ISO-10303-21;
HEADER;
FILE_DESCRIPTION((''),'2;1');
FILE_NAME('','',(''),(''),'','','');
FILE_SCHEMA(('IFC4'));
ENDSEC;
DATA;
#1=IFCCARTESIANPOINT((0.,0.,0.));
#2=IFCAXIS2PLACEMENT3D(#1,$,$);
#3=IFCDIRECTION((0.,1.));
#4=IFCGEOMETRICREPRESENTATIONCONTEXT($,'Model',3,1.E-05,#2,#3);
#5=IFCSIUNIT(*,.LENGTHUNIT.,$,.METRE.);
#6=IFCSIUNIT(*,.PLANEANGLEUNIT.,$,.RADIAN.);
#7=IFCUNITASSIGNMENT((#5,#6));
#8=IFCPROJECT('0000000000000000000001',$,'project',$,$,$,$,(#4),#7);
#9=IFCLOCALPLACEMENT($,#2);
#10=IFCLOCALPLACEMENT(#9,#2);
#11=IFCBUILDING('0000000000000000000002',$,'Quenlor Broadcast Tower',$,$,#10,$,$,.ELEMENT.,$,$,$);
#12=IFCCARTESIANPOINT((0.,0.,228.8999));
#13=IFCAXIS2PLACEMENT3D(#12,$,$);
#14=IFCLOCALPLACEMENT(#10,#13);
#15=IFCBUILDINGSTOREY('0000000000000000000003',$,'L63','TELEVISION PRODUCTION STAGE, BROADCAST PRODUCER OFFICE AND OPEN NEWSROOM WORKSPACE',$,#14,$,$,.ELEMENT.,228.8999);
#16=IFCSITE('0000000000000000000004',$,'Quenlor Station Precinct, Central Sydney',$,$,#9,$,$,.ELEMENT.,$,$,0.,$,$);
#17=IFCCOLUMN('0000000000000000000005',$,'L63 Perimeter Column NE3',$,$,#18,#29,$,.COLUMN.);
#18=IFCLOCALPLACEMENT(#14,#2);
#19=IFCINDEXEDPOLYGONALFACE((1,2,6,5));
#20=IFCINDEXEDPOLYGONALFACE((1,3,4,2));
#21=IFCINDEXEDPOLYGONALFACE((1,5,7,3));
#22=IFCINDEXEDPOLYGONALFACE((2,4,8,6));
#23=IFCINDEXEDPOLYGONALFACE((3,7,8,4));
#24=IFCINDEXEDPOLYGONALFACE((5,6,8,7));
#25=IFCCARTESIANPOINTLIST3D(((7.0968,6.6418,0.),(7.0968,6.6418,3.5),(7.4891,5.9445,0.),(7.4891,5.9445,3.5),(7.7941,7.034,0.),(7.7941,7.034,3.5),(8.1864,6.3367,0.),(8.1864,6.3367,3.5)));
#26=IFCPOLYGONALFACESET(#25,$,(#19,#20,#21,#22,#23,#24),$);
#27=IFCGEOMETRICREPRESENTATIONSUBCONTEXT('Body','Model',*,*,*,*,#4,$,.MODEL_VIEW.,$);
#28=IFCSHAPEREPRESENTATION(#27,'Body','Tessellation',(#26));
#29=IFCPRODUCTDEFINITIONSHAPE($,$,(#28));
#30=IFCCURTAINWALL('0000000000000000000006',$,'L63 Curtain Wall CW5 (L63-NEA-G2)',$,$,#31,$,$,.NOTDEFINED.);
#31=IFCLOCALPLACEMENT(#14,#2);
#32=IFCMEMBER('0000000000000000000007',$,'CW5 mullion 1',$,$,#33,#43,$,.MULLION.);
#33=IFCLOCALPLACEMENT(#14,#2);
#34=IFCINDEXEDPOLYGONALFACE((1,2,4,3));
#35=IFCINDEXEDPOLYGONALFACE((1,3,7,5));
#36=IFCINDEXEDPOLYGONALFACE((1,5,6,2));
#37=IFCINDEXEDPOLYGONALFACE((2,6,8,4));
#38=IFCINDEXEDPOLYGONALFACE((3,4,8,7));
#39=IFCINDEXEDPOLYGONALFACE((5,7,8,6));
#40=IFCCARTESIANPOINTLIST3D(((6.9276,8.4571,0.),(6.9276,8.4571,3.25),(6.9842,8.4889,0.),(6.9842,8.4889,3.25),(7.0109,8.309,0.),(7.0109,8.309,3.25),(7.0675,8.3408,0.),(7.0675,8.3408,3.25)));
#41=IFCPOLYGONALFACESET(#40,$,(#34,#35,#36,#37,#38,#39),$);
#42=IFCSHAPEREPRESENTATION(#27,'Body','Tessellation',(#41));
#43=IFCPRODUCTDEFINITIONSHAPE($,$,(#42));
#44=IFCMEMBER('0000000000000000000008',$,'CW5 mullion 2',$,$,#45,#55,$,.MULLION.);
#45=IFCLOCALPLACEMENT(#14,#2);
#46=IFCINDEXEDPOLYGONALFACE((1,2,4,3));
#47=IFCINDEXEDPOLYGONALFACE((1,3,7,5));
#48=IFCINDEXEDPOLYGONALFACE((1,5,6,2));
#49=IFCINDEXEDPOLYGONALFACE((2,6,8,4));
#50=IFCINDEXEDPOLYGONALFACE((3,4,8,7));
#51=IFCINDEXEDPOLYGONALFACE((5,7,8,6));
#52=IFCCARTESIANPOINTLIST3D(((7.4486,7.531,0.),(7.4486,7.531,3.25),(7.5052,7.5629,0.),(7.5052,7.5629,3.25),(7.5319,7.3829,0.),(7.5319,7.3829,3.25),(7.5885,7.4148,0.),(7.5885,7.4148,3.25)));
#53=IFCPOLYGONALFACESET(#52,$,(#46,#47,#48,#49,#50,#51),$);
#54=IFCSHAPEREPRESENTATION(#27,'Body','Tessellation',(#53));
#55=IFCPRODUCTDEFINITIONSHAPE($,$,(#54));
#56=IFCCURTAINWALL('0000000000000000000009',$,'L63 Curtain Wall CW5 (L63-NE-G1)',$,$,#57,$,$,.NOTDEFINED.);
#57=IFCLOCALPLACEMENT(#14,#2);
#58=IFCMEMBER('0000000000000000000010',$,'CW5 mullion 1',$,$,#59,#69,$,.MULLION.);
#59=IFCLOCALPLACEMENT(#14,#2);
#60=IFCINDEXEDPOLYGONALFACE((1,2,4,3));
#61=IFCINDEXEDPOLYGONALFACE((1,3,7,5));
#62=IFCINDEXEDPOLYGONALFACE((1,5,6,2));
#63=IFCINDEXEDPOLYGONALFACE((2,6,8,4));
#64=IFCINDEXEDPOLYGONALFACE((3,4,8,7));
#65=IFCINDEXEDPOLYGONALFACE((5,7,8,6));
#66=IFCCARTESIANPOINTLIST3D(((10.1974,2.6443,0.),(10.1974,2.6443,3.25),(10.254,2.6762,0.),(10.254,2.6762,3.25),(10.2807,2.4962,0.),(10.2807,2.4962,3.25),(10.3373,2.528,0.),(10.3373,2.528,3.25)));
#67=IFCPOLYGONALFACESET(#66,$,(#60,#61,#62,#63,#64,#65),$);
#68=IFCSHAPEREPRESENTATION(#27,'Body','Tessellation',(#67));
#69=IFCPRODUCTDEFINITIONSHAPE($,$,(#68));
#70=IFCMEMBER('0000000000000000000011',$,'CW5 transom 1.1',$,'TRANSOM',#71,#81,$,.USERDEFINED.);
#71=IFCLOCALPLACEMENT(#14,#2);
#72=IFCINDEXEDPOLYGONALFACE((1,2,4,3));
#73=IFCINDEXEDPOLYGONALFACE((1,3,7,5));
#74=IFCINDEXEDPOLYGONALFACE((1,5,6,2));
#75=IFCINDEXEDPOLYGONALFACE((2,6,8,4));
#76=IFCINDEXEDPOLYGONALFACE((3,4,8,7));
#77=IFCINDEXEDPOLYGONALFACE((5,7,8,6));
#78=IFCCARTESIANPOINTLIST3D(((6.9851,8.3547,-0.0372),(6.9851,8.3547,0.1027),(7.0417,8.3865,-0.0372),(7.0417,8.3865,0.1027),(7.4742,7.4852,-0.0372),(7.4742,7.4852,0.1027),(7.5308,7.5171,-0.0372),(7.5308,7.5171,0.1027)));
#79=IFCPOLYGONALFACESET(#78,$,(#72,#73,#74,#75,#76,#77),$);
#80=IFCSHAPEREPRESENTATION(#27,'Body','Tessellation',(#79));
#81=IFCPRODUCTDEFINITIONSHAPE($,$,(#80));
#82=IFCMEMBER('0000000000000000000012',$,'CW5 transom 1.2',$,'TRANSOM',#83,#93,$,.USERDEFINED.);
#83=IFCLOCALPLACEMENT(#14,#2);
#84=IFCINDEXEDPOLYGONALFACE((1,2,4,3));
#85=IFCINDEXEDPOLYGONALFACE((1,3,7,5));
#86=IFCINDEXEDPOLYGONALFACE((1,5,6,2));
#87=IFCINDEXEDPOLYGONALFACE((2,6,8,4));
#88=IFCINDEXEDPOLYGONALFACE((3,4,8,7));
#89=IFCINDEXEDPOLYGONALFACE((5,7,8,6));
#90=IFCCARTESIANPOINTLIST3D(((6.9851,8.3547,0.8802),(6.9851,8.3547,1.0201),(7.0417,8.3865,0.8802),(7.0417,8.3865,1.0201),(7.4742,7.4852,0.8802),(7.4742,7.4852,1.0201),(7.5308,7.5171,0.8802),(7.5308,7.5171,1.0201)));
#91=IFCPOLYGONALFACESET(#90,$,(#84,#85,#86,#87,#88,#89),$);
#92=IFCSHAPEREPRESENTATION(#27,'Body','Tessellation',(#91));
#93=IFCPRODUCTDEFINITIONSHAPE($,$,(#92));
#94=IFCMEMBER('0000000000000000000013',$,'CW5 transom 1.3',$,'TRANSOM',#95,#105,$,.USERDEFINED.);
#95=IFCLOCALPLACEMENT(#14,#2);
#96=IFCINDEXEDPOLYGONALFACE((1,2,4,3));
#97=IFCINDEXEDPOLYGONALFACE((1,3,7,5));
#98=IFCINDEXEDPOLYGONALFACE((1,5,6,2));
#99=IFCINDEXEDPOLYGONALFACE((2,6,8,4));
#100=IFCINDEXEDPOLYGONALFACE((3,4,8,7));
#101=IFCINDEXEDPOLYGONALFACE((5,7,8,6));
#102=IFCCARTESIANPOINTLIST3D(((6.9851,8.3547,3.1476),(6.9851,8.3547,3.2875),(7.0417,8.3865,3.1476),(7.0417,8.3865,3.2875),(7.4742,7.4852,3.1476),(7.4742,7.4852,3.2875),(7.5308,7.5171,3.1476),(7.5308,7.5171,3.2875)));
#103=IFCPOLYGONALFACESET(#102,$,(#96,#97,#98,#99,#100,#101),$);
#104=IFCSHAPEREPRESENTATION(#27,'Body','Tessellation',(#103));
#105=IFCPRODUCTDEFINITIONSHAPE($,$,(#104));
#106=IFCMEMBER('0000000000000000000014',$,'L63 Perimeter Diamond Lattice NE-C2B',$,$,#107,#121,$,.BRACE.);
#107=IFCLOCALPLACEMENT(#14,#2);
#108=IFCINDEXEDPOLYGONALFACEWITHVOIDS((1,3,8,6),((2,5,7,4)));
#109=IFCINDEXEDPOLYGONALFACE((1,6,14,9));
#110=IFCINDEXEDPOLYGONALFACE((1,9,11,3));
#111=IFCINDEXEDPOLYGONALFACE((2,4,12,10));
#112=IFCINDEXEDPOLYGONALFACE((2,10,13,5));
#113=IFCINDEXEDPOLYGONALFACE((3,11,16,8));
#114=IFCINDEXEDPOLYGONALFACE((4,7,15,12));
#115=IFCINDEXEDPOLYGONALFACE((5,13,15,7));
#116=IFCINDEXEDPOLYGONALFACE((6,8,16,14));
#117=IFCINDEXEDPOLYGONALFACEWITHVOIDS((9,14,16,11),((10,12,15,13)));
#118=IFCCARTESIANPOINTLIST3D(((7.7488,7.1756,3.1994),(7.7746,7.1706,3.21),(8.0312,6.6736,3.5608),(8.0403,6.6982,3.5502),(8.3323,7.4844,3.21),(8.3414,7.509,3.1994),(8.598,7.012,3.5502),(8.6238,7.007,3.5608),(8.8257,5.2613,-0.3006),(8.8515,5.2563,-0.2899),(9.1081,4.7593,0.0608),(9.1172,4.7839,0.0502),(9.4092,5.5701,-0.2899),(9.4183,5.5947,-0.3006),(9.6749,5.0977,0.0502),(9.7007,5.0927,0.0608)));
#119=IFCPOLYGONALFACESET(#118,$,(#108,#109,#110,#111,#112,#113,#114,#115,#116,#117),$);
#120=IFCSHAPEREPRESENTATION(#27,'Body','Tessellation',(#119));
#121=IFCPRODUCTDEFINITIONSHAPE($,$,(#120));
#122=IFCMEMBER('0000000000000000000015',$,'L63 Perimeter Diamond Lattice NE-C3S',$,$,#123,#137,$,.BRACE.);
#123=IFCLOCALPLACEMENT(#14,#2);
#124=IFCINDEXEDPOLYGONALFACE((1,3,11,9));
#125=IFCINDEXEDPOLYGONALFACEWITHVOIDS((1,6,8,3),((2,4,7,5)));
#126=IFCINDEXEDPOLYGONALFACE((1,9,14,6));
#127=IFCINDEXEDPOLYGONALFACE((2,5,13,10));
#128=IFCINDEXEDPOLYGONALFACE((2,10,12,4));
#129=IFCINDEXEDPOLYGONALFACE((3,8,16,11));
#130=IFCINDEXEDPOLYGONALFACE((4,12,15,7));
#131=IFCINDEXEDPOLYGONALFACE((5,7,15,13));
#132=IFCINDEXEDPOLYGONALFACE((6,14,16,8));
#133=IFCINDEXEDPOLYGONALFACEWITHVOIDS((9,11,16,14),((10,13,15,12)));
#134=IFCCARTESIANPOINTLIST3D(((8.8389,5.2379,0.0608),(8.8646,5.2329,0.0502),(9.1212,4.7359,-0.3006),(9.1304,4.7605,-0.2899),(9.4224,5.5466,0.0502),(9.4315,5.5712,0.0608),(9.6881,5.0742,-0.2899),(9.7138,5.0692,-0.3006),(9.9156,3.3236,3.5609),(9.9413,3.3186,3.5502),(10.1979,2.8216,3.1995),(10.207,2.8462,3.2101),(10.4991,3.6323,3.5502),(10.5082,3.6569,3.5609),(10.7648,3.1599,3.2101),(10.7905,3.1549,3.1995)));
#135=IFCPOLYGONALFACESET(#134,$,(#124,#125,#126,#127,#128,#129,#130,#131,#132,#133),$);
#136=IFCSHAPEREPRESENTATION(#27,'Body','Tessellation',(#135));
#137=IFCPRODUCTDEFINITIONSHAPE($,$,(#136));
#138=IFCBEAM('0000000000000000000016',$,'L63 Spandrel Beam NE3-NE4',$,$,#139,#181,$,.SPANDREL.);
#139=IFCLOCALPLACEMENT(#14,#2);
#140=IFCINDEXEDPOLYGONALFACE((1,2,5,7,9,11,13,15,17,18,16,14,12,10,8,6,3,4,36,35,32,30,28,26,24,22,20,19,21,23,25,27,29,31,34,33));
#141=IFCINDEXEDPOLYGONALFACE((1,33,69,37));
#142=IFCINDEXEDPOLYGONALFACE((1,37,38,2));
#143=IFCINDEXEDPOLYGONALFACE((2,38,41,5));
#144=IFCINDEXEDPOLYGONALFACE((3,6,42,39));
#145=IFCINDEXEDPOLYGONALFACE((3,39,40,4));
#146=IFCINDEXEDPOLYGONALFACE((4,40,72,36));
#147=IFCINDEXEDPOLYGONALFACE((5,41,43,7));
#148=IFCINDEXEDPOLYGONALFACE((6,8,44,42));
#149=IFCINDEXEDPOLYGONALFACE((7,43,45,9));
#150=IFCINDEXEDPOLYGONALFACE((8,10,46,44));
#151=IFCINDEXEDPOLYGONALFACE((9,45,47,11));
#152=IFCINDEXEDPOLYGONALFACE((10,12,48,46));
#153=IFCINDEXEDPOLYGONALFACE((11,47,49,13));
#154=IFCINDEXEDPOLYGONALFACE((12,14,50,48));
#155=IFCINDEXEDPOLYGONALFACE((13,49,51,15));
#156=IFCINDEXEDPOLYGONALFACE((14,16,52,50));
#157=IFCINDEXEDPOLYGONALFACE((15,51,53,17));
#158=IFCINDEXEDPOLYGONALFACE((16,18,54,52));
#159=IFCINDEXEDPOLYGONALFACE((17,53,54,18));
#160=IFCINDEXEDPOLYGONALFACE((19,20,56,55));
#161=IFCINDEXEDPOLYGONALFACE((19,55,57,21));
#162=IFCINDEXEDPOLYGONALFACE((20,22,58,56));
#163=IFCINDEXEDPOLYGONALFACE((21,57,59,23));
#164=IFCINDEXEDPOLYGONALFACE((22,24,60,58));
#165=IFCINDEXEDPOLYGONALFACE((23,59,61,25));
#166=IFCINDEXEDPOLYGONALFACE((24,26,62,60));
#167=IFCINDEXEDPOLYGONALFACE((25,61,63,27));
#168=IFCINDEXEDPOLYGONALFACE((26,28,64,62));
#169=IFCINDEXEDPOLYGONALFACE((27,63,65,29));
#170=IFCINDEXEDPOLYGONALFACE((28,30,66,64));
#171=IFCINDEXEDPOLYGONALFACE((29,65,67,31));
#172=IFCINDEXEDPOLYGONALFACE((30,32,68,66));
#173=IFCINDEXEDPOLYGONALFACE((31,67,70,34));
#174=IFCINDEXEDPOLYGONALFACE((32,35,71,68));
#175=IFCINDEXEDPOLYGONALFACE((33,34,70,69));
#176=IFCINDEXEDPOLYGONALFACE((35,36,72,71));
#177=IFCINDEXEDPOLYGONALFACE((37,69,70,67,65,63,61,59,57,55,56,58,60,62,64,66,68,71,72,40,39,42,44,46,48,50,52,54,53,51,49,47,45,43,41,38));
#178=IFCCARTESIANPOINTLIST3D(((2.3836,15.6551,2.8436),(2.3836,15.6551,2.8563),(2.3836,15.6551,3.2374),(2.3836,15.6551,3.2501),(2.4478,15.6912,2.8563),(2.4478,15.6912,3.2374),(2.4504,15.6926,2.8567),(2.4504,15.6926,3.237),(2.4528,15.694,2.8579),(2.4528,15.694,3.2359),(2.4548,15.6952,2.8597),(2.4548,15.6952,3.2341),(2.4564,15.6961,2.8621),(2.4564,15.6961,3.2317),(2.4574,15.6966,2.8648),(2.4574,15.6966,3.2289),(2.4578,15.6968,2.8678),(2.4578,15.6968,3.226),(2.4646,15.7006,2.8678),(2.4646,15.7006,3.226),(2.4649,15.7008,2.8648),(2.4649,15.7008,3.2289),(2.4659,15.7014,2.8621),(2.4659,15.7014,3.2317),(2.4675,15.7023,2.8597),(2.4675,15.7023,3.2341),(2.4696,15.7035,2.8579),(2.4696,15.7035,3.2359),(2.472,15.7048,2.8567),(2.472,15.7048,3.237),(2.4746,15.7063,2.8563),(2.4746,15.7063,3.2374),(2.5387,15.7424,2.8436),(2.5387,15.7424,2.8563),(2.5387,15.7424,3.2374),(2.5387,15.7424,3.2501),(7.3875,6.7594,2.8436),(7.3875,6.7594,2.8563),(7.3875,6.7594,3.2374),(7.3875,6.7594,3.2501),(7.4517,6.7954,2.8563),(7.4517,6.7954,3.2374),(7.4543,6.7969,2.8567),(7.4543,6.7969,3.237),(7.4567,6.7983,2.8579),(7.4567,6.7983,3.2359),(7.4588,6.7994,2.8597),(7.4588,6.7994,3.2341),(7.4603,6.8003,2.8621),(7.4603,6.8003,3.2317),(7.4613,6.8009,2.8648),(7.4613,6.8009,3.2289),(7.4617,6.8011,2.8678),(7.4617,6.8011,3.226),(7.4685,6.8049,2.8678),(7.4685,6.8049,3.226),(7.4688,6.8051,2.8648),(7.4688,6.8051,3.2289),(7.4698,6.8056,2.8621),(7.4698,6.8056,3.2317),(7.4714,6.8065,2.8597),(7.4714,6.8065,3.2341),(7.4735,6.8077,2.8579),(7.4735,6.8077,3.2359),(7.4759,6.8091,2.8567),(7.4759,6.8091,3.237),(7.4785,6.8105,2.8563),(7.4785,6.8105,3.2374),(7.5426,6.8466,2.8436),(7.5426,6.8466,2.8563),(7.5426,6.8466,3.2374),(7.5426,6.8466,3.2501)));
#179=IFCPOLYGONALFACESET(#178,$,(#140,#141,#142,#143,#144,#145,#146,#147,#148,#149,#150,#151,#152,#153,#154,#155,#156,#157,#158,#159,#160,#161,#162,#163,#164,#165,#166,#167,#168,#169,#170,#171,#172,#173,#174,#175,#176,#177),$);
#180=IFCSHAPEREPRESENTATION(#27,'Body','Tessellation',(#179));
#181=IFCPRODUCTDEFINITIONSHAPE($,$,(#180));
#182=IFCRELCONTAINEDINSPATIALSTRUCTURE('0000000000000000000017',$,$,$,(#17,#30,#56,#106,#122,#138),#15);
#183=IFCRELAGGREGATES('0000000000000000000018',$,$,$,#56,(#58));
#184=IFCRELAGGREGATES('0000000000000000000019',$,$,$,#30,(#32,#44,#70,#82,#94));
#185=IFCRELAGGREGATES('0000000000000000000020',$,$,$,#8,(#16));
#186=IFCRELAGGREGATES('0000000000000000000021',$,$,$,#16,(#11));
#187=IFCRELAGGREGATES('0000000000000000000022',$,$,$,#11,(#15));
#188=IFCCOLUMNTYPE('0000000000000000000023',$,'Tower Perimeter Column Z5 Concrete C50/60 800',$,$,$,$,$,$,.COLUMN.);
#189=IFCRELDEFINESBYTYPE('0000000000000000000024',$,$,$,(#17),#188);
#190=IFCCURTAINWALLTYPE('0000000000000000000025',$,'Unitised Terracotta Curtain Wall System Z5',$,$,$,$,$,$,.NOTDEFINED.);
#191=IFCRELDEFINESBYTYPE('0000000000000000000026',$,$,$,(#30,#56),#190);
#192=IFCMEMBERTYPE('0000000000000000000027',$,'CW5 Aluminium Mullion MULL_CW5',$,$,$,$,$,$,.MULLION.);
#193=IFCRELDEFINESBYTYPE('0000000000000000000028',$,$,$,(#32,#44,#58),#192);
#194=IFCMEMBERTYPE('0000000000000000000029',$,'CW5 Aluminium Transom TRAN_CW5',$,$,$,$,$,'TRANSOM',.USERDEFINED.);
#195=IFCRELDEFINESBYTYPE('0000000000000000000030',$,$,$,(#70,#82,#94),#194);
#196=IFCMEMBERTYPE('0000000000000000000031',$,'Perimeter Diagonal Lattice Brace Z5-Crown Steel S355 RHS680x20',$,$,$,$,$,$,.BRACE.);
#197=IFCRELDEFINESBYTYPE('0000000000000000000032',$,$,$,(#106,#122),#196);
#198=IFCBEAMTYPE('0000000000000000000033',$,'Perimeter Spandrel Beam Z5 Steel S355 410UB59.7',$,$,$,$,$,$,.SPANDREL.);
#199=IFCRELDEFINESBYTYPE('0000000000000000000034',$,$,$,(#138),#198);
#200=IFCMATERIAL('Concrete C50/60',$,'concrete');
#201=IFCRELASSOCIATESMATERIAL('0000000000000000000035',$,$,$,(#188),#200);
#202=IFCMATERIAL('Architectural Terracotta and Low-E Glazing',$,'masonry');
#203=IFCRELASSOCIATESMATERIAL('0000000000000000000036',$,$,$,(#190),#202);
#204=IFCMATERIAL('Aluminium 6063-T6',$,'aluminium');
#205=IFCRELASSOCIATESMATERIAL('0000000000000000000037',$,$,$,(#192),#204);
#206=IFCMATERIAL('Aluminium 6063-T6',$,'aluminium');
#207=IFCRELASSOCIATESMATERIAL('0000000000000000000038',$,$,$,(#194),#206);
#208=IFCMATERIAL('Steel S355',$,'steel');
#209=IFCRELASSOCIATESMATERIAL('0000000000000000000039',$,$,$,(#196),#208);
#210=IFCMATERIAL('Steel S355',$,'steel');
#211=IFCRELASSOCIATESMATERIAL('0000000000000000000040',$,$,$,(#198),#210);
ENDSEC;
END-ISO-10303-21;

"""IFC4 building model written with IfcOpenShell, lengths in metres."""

from ifc_helpers import new_model, si_unit, direction, frame, origin, origin_2d, place, context, subcontext, project, spatial, rectangle, hollow_rectangle, i_section, extrude, material, material_profile, profile_set, type_object, element, aggregate, save


model = new_model("IFC4")

# Units and contexts
model_context = context("Model", 3, precision=1e-05, world=origin(), true_north=direction((0.0, 1.0)))
body_context = subcontext(model_context, "Body", "Model", "MODEL_VIEW")
ifc_project = project(units=[si_unit("LENGTHUNIT", "METRE"), si_unit("PLANEANGLEUNIT", "RADIAN")], contexts=[model_context])

# Site, building, storey
site_placement = place(None, origin())
site = spatial("IfcSite", under=ifc_project, at=site_placement, Name="Quenlor Station Precinct, Central Sydney", CompositionType="ELEMENT", RefElevation=0.0)
building_placement = place(site_placement, origin())
building = spatial("IfcBuilding", under=site, at=building_placement, Name="Quenlor Broadcast Tower", CompositionType="ELEMENT")
storey_placement = place(building_placement, frame((0.0, 0.0, 228.8999)))
storey = spatial("IfcBuildingStorey", under=building, at=storey_placement, Name="L63", Description="TELEVISION PRODUCTION STAGE, BROADCAST PRODUCER OFFICE AND OPEN NEWSROOM WORKSPACE", CompositionType="ELEMENT", Elevation=228.8999)

# Column
ifc_material_1 = material(Name="Concrete C50/60", Category="concrete")
ifc_material_profile_1 = material_profile(ifc_material_1, rectangle(XDim=0.8, YDim=0.8, at=origin_2d()))
ifc_profile_set_1 = profile_set([ifc_material_profile_1], Name="Concrete C50/60 RC800x800")
column_type = type_object("IfcColumnType", Name="Tower Perimeter Column Z5 Concrete C50/60 800", PredefinedType="COLUMN", material=ifc_profile_set_1)
column_placement = place(storey_placement, frame((7.6416, 6.4893, 0.0), z_axis=(0.0, 0.0, 1.0), x_axis=(0.871575, 0.490262, 0.0)))
element("IfcColumn", 1, at=column_placement, inside=storey, type_object=column_type, Name="L63 Perimeter Column NE3", PredefinedType="COLUMN", context=body_context, shape_type="SweptSolid", body=[
    extrude(rectangle(XDim=0.8, YDim=0.8, at=origin_2d()), origin(), (0.0, 0.0, 1.0), 3.5),
])

# Curtain wall, members
ifc_material_2 = material(Name="Architectural Terracotta and Low-E Glazing", Category="masonry")
curtain_wall_type = type_object("IfcCurtainWallType", Name="Unitised Terracotta Curtain Wall System Z5", PredefinedType="NOTDEFINED", material=ifc_material_2)
curtain_wall_1_placement = place(storey_placement, origin())
curtain_wall_1 = element("IfcCurtainWall", 2, at=curtain_wall_1_placement, inside=storey, type_object=curtain_wall_type, Name="L63 Curtain Wall CW5 (L63-NEA-G2)", PredefinedType="NOTDEFINED")
ifc_material_3 = material(Name="Aluminium 6063-T6", Category="aluminium")
ifc_material_profile_2 = material_profile(ifc_material_3, rectangle(XDim=0.0649, YDim=0.1699, at=origin_2d()))
ifc_profile_set_2 = profile_set([ifc_material_profile_2], Name="Aluminium 6063-T6 MULL65x170")
member_type_1 = type_object("IfcMemberType", Name="CW5 Aluminium Mullion MULL_CW5", PredefinedType="MULLION", material=ifc_profile_set_2)
member_1_placement = place(storey_placement, frame((6.9976, 8.3989, 0.0), z_axis=(0.0, 0.0, 1.0), x_axis=(0.871564, 0.490282, 0.0)))
member_1 = element("IfcMember", 3, at=member_1_placement, type_object=member_type_1, Name="CW5 mullion 1", PredefinedType="MULLION", context=body_context, shape_type="SweptSolid", body=[
    extrude(rectangle(XDim=0.0649, YDim=0.1699, at=origin_2d()), origin(), (0.0, 0.0, 1.0), 3.25),
])
member_2_placement = place(storey_placement, frame((7.5186, 7.4729, 0.0), z_axis=(0.0, 0.0, 1.0), x_axis=(0.871564, 0.490282, 0.0)))
member_2 = element("IfcMember", 4, at=member_2_placement, type_object=member_type_1, Name="CW5 mullion 2", PredefinedType="MULLION", context=body_context, shape_type="SweptSolid", body=[
    extrude(rectangle(XDim=0.0649, YDim=0.1699, at=origin_2d()), origin(), (0.0, 0.0, 1.0), 3.25),
])

# Curtain wall, member
curtain_wall_2_placement = place(storey_placement, origin())
curtain_wall_2 = element("IfcCurtainWall", 5, at=curtain_wall_2_placement, inside=storey, type_object=curtain_wall_type, Name="L63 Curtain Wall CW5 (L63-NE-G1)", PredefinedType="NOTDEFINED")
member_3_placement = place(storey_placement, frame((10.2673, 2.5862, 0.0), z_axis=(0.0, 0.0, 1.0), x_axis=(0.871592, 0.490231, 0.0)))
member_3 = element("IfcMember", 6, at=member_3_placement, type_object=member_type_1, Name="CW5 mullion 1", PredefinedType="MULLION", context=body_context, shape_type="SweptSolid", body=[
    extrude(rectangle(XDim=0.0649, YDim=0.1699, at=origin_2d()), origin(), (0.0, 0.0, 1.0), 3.25),
])
aggregate(curtain_wall_2, [member_3])

# Members
ifc_material_4 = material(Name="Aluminium 6063-T6", Category="aluminium")
ifc_material_profile_3 = material_profile(ifc_material_4, rectangle(XDim=0.0649, YDim=0.1399, at=origin_2d()))
ifc_profile_set_3 = profile_set([ifc_material_profile_3], Name="Aluminium 6063-T6 TRAN65x140")
member_type_2 = type_object("IfcMemberType", Name="CW5 Aluminium Transom TRAN_CW5", ElementType="TRANSOM", PredefinedType="USERDEFINED", material=ifc_profile_set_3)
member_4_placement = place(storey_placement, frame((7.0134, 8.3706, 0.0327), z_axis=(0.49025, -0.871582, 0.0), x_axis=(0.871582, 0.49025, 0.0)))
member_4 = element("IfcMember", 7, at=member_4_placement, type_object=member_type_2, Name="CW5 transom 1.1", ObjectType="TRANSOM", PredefinedType="USERDEFINED", context=body_context, shape_type="SweptSolid", body=[
    extrude(rectangle(XDim=0.0649, YDim=0.1399, at=origin_2d()), origin(), (0.0, 0.0, 1.0), 0.9976),
])
member_5_placement = place(storey_placement, frame((7.0134, 8.3706, 0.9502), z_axis=(0.49025, -0.871582, 0.0), x_axis=(0.871582, 0.49025, 0.0)))
member_5 = element("IfcMember", 8, at=member_5_placement, type_object=member_type_2, Name="CW5 transom 1.2", ObjectType="TRANSOM", PredefinedType="USERDEFINED", context=body_context, shape_type="SweptSolid", body=[
    extrude(rectangle(XDim=0.0649, YDim=0.1399, at=origin_2d()), origin(), (0.0, 0.0, 1.0), 0.9976),
])
member_6_placement = place(storey_placement, frame((7.0134, 8.3706, 3.2175), z_axis=(0.49025, -0.871582, 0.0), x_axis=(0.871582, 0.49025, 0.0)))
member_6 = element("IfcMember", 9, at=member_6_placement, type_object=member_type_2, Name="CW5 transom 1.3", ObjectType="TRANSOM", PredefinedType="USERDEFINED", context=body_context, shape_type="SweptSolid", body=[
    extrude(rectangle(XDim=0.0649, YDim=0.1399, at=origin_2d()), origin(), (0.0, 0.0, 1.0), 0.9976),
])

# Members
ifc_material_5 = material(Name="Steel S355", Category="steel")
ifc_material_profile_4 = material_profile(ifc_material_5, hollow_rectangle(XDim=0.6799, YDim=0.6799, WallThickness=0.02, at=origin_2d()))
ifc_profile_set_4 = profile_set([ifc_material_profile_4], Name="Steel S355 RHS680x680x20")
member_type_3 = type_object("IfcMemberType", Name="Perimeter Diagonal Lattice Brace Z5-Crown Steel S355 RHS680x20", PredefinedType="BRACE", material=ifc_profile_set_4)
for number, where, z_axis, x_axis, name in (
    (10, (9.2632, 5.177, -0.1199), (-0.260619, 0.463276, 0.847026), (-0.871555, -0.490298, 0.0), "L63 Perimeter Diamond Lattice NE-C2B"),
    (11, (9.2764, 5.1536, -0.1199), (0.260564, -0.463283, 0.847039), (0.871602, 0.490214, 0.0), "L63 Perimeter Diamond Lattice NE-C3S"),
):
    element("IfcMember", number, at=place(storey_placement, frame(where, z_axis=z_axis, x_axis=x_axis)), inside=storey, type_object=member_type_3, Name=name, PredefinedType="BRACE", context=body_context, shape_type="SweptSolid", body=[
        extrude(hollow_rectangle(XDim=0.6799, YDim=0.6799, WallThickness=0.02, at=origin_2d()), origin(), (0.0, 0.0, 1.0), 4.1321),
    ])

# Beam
ifc_material_6 = material(Name="Steel S355", Category="steel")
ifc_material_profile_5 = material_profile(ifc_material_6, i_section(OverallWidth=0.178, OverallDepth=0.4065, WebThickness=0.0078, FlangeThickness=0.0127, FilletRadius=0.0115, at=origin_2d()))
ifc_profile_set_5 = profile_set([ifc_material_profile_5], Name="Steel S355 410UB59.7")
beam_type_1 = type_object("IfcBeamType", Name="Perimeter Spandrel Beam Z5 Steel S355 410UB59.7", PredefinedType="SPANDREL", material=ifc_profile_set_5)
beam_1_placement = place(storey_placement, frame((7.4651, 6.803, 3.0469), z_axis=(-0.490265, 0.871574, 0.0), x_axis=(-0.871574, -0.490265, 0.0)))
element("IfcBeam", 12, at=beam_1_placement, inside=storey, type_object=beam_type_1, Name="L63 Spandrel Beam NE3-NE4", PredefinedType="SPANDREL", context=body_context, shape_type="SweptSolid", body=[
    extrude(i_section(OverallWidth=0.178, OverallDepth=0.4065, WebThickness=0.0078, FlangeThickness=0.0127, FilletRadius=0.0115, at=origin_2d()), origin(), (0.0, 0.0, 1.0), 10.2065),
])

aggregate(curtain_wall_1, [member_1, member_2, member_4, member_5, member_6])

save(model, "model.ifc")
